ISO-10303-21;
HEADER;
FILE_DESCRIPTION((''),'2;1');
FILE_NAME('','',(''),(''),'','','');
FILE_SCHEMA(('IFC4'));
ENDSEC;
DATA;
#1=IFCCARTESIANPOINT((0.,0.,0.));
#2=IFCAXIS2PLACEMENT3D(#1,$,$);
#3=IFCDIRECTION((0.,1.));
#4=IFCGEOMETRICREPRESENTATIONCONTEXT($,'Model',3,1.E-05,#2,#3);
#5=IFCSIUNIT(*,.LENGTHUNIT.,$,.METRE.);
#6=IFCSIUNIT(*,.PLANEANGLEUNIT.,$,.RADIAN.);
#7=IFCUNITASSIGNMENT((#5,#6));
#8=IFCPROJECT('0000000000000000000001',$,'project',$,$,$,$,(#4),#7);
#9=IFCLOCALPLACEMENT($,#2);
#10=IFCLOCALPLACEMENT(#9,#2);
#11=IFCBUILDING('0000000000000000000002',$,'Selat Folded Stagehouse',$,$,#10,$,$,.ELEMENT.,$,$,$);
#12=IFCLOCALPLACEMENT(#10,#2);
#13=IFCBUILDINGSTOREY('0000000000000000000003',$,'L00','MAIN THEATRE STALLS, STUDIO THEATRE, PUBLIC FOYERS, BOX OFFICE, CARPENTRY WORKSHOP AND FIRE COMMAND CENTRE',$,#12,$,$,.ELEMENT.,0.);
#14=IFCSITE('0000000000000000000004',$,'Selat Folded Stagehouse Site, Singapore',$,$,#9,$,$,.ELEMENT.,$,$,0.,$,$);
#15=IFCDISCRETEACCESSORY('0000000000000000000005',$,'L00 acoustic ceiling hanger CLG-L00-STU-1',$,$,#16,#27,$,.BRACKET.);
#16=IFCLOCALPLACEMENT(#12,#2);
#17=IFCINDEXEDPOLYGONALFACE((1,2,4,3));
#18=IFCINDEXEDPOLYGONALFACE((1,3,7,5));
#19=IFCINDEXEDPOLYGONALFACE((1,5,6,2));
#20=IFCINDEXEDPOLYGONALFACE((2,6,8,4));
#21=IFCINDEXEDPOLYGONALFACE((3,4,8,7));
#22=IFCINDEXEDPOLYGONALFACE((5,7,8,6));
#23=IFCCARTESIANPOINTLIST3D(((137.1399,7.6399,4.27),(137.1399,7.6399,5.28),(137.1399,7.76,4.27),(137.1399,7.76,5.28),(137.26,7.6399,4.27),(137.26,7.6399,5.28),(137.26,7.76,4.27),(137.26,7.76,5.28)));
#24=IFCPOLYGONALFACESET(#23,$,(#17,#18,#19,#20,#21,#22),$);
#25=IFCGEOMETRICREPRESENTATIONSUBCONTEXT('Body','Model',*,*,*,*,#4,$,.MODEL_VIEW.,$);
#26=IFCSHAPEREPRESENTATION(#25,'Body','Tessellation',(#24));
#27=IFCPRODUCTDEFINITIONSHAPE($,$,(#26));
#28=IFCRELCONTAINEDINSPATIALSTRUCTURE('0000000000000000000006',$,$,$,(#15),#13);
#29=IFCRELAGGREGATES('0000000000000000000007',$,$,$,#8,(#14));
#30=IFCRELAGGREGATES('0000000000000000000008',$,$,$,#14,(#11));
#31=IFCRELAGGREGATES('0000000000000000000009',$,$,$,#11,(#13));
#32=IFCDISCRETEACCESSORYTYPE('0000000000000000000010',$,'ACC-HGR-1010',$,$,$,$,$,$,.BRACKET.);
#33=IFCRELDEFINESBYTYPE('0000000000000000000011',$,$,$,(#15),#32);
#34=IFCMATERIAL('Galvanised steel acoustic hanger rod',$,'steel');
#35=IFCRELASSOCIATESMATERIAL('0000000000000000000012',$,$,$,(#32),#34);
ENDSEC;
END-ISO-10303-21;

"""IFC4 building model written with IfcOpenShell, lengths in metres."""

from ifc_helpers import new_model, si_unit, direction, frame, origin, origin_2d, place, context, subcontext, project, spatial, rectangle, extrude, material, type_object, element, save


model = new_model("IFC4")

# Units and contexts
model_context = context("Model", 3, precision=1e-05, world=origin(), true_north=direction((0.0, 1.0)))
body_context = subcontext(model_context, "Body", "Model", "MODEL_VIEW")
ifc_project = project(units=[si_unit("LENGTHUNIT", "METRE"), si_unit("PLANEANGLEUNIT", "RADIAN")], contexts=[model_context])

# Site, building, storey
site_placement = place(None, origin())
site = spatial("IfcSite", under=ifc_project, at=site_placement, Name="Selat Folded Stagehouse Site, Singapore", CompositionType="ELEMENT", RefElevation=0.0)
building_placement = place(site_placement, origin())
building = spatial("IfcBuilding", under=site, at=building_placement, Name="Selat Folded Stagehouse", CompositionType="ELEMENT")
storey_placement = place(building_placement, origin())
storey = spatial("IfcBuildingStorey", under=building, at=storey_placement, Name="L00", Description="MAIN THEATRE STALLS, STUDIO THEATRE, PUBLIC FOYERS, BOX OFFICE, CARPENTRY WORKSHOP AND FIRE COMMAND CENTRE", CompositionType="ELEMENT", Elevation=0.0)

# Discrete accessory
ifc_material_1 = material(Name="Galvanised steel acoustic hanger rod", Category="steel")
discrete_accessory_type = type_object("IfcDiscreteAccessoryType", Name="ACC-HGR-1010", PredefinedType="BRACKET", material=ifc_material_1)
discrete_accessory_placement = place(storey_placement, frame((137.2, 7.7, 4.27), z_axis=(0.0, 0.0, 1.0), x_axis=(1.0, 0.0, 0.0)))
element("IfcDiscreteAccessory", 1, at=discrete_accessory_placement, inside=storey, type_object=discrete_accessory_type, Name="L00 acoustic ceiling hanger CLG-L00-STU-1", PredefinedType="BRACKET", context=body_context, shape_type="SweptSolid", body=[
    extrude(rectangle(XDim=0.1201, YDim=0.1201, at=origin_2d()), origin(), (0.0, 0.0, 1.0), 1.01),
])

save(model, "model.ifc")
